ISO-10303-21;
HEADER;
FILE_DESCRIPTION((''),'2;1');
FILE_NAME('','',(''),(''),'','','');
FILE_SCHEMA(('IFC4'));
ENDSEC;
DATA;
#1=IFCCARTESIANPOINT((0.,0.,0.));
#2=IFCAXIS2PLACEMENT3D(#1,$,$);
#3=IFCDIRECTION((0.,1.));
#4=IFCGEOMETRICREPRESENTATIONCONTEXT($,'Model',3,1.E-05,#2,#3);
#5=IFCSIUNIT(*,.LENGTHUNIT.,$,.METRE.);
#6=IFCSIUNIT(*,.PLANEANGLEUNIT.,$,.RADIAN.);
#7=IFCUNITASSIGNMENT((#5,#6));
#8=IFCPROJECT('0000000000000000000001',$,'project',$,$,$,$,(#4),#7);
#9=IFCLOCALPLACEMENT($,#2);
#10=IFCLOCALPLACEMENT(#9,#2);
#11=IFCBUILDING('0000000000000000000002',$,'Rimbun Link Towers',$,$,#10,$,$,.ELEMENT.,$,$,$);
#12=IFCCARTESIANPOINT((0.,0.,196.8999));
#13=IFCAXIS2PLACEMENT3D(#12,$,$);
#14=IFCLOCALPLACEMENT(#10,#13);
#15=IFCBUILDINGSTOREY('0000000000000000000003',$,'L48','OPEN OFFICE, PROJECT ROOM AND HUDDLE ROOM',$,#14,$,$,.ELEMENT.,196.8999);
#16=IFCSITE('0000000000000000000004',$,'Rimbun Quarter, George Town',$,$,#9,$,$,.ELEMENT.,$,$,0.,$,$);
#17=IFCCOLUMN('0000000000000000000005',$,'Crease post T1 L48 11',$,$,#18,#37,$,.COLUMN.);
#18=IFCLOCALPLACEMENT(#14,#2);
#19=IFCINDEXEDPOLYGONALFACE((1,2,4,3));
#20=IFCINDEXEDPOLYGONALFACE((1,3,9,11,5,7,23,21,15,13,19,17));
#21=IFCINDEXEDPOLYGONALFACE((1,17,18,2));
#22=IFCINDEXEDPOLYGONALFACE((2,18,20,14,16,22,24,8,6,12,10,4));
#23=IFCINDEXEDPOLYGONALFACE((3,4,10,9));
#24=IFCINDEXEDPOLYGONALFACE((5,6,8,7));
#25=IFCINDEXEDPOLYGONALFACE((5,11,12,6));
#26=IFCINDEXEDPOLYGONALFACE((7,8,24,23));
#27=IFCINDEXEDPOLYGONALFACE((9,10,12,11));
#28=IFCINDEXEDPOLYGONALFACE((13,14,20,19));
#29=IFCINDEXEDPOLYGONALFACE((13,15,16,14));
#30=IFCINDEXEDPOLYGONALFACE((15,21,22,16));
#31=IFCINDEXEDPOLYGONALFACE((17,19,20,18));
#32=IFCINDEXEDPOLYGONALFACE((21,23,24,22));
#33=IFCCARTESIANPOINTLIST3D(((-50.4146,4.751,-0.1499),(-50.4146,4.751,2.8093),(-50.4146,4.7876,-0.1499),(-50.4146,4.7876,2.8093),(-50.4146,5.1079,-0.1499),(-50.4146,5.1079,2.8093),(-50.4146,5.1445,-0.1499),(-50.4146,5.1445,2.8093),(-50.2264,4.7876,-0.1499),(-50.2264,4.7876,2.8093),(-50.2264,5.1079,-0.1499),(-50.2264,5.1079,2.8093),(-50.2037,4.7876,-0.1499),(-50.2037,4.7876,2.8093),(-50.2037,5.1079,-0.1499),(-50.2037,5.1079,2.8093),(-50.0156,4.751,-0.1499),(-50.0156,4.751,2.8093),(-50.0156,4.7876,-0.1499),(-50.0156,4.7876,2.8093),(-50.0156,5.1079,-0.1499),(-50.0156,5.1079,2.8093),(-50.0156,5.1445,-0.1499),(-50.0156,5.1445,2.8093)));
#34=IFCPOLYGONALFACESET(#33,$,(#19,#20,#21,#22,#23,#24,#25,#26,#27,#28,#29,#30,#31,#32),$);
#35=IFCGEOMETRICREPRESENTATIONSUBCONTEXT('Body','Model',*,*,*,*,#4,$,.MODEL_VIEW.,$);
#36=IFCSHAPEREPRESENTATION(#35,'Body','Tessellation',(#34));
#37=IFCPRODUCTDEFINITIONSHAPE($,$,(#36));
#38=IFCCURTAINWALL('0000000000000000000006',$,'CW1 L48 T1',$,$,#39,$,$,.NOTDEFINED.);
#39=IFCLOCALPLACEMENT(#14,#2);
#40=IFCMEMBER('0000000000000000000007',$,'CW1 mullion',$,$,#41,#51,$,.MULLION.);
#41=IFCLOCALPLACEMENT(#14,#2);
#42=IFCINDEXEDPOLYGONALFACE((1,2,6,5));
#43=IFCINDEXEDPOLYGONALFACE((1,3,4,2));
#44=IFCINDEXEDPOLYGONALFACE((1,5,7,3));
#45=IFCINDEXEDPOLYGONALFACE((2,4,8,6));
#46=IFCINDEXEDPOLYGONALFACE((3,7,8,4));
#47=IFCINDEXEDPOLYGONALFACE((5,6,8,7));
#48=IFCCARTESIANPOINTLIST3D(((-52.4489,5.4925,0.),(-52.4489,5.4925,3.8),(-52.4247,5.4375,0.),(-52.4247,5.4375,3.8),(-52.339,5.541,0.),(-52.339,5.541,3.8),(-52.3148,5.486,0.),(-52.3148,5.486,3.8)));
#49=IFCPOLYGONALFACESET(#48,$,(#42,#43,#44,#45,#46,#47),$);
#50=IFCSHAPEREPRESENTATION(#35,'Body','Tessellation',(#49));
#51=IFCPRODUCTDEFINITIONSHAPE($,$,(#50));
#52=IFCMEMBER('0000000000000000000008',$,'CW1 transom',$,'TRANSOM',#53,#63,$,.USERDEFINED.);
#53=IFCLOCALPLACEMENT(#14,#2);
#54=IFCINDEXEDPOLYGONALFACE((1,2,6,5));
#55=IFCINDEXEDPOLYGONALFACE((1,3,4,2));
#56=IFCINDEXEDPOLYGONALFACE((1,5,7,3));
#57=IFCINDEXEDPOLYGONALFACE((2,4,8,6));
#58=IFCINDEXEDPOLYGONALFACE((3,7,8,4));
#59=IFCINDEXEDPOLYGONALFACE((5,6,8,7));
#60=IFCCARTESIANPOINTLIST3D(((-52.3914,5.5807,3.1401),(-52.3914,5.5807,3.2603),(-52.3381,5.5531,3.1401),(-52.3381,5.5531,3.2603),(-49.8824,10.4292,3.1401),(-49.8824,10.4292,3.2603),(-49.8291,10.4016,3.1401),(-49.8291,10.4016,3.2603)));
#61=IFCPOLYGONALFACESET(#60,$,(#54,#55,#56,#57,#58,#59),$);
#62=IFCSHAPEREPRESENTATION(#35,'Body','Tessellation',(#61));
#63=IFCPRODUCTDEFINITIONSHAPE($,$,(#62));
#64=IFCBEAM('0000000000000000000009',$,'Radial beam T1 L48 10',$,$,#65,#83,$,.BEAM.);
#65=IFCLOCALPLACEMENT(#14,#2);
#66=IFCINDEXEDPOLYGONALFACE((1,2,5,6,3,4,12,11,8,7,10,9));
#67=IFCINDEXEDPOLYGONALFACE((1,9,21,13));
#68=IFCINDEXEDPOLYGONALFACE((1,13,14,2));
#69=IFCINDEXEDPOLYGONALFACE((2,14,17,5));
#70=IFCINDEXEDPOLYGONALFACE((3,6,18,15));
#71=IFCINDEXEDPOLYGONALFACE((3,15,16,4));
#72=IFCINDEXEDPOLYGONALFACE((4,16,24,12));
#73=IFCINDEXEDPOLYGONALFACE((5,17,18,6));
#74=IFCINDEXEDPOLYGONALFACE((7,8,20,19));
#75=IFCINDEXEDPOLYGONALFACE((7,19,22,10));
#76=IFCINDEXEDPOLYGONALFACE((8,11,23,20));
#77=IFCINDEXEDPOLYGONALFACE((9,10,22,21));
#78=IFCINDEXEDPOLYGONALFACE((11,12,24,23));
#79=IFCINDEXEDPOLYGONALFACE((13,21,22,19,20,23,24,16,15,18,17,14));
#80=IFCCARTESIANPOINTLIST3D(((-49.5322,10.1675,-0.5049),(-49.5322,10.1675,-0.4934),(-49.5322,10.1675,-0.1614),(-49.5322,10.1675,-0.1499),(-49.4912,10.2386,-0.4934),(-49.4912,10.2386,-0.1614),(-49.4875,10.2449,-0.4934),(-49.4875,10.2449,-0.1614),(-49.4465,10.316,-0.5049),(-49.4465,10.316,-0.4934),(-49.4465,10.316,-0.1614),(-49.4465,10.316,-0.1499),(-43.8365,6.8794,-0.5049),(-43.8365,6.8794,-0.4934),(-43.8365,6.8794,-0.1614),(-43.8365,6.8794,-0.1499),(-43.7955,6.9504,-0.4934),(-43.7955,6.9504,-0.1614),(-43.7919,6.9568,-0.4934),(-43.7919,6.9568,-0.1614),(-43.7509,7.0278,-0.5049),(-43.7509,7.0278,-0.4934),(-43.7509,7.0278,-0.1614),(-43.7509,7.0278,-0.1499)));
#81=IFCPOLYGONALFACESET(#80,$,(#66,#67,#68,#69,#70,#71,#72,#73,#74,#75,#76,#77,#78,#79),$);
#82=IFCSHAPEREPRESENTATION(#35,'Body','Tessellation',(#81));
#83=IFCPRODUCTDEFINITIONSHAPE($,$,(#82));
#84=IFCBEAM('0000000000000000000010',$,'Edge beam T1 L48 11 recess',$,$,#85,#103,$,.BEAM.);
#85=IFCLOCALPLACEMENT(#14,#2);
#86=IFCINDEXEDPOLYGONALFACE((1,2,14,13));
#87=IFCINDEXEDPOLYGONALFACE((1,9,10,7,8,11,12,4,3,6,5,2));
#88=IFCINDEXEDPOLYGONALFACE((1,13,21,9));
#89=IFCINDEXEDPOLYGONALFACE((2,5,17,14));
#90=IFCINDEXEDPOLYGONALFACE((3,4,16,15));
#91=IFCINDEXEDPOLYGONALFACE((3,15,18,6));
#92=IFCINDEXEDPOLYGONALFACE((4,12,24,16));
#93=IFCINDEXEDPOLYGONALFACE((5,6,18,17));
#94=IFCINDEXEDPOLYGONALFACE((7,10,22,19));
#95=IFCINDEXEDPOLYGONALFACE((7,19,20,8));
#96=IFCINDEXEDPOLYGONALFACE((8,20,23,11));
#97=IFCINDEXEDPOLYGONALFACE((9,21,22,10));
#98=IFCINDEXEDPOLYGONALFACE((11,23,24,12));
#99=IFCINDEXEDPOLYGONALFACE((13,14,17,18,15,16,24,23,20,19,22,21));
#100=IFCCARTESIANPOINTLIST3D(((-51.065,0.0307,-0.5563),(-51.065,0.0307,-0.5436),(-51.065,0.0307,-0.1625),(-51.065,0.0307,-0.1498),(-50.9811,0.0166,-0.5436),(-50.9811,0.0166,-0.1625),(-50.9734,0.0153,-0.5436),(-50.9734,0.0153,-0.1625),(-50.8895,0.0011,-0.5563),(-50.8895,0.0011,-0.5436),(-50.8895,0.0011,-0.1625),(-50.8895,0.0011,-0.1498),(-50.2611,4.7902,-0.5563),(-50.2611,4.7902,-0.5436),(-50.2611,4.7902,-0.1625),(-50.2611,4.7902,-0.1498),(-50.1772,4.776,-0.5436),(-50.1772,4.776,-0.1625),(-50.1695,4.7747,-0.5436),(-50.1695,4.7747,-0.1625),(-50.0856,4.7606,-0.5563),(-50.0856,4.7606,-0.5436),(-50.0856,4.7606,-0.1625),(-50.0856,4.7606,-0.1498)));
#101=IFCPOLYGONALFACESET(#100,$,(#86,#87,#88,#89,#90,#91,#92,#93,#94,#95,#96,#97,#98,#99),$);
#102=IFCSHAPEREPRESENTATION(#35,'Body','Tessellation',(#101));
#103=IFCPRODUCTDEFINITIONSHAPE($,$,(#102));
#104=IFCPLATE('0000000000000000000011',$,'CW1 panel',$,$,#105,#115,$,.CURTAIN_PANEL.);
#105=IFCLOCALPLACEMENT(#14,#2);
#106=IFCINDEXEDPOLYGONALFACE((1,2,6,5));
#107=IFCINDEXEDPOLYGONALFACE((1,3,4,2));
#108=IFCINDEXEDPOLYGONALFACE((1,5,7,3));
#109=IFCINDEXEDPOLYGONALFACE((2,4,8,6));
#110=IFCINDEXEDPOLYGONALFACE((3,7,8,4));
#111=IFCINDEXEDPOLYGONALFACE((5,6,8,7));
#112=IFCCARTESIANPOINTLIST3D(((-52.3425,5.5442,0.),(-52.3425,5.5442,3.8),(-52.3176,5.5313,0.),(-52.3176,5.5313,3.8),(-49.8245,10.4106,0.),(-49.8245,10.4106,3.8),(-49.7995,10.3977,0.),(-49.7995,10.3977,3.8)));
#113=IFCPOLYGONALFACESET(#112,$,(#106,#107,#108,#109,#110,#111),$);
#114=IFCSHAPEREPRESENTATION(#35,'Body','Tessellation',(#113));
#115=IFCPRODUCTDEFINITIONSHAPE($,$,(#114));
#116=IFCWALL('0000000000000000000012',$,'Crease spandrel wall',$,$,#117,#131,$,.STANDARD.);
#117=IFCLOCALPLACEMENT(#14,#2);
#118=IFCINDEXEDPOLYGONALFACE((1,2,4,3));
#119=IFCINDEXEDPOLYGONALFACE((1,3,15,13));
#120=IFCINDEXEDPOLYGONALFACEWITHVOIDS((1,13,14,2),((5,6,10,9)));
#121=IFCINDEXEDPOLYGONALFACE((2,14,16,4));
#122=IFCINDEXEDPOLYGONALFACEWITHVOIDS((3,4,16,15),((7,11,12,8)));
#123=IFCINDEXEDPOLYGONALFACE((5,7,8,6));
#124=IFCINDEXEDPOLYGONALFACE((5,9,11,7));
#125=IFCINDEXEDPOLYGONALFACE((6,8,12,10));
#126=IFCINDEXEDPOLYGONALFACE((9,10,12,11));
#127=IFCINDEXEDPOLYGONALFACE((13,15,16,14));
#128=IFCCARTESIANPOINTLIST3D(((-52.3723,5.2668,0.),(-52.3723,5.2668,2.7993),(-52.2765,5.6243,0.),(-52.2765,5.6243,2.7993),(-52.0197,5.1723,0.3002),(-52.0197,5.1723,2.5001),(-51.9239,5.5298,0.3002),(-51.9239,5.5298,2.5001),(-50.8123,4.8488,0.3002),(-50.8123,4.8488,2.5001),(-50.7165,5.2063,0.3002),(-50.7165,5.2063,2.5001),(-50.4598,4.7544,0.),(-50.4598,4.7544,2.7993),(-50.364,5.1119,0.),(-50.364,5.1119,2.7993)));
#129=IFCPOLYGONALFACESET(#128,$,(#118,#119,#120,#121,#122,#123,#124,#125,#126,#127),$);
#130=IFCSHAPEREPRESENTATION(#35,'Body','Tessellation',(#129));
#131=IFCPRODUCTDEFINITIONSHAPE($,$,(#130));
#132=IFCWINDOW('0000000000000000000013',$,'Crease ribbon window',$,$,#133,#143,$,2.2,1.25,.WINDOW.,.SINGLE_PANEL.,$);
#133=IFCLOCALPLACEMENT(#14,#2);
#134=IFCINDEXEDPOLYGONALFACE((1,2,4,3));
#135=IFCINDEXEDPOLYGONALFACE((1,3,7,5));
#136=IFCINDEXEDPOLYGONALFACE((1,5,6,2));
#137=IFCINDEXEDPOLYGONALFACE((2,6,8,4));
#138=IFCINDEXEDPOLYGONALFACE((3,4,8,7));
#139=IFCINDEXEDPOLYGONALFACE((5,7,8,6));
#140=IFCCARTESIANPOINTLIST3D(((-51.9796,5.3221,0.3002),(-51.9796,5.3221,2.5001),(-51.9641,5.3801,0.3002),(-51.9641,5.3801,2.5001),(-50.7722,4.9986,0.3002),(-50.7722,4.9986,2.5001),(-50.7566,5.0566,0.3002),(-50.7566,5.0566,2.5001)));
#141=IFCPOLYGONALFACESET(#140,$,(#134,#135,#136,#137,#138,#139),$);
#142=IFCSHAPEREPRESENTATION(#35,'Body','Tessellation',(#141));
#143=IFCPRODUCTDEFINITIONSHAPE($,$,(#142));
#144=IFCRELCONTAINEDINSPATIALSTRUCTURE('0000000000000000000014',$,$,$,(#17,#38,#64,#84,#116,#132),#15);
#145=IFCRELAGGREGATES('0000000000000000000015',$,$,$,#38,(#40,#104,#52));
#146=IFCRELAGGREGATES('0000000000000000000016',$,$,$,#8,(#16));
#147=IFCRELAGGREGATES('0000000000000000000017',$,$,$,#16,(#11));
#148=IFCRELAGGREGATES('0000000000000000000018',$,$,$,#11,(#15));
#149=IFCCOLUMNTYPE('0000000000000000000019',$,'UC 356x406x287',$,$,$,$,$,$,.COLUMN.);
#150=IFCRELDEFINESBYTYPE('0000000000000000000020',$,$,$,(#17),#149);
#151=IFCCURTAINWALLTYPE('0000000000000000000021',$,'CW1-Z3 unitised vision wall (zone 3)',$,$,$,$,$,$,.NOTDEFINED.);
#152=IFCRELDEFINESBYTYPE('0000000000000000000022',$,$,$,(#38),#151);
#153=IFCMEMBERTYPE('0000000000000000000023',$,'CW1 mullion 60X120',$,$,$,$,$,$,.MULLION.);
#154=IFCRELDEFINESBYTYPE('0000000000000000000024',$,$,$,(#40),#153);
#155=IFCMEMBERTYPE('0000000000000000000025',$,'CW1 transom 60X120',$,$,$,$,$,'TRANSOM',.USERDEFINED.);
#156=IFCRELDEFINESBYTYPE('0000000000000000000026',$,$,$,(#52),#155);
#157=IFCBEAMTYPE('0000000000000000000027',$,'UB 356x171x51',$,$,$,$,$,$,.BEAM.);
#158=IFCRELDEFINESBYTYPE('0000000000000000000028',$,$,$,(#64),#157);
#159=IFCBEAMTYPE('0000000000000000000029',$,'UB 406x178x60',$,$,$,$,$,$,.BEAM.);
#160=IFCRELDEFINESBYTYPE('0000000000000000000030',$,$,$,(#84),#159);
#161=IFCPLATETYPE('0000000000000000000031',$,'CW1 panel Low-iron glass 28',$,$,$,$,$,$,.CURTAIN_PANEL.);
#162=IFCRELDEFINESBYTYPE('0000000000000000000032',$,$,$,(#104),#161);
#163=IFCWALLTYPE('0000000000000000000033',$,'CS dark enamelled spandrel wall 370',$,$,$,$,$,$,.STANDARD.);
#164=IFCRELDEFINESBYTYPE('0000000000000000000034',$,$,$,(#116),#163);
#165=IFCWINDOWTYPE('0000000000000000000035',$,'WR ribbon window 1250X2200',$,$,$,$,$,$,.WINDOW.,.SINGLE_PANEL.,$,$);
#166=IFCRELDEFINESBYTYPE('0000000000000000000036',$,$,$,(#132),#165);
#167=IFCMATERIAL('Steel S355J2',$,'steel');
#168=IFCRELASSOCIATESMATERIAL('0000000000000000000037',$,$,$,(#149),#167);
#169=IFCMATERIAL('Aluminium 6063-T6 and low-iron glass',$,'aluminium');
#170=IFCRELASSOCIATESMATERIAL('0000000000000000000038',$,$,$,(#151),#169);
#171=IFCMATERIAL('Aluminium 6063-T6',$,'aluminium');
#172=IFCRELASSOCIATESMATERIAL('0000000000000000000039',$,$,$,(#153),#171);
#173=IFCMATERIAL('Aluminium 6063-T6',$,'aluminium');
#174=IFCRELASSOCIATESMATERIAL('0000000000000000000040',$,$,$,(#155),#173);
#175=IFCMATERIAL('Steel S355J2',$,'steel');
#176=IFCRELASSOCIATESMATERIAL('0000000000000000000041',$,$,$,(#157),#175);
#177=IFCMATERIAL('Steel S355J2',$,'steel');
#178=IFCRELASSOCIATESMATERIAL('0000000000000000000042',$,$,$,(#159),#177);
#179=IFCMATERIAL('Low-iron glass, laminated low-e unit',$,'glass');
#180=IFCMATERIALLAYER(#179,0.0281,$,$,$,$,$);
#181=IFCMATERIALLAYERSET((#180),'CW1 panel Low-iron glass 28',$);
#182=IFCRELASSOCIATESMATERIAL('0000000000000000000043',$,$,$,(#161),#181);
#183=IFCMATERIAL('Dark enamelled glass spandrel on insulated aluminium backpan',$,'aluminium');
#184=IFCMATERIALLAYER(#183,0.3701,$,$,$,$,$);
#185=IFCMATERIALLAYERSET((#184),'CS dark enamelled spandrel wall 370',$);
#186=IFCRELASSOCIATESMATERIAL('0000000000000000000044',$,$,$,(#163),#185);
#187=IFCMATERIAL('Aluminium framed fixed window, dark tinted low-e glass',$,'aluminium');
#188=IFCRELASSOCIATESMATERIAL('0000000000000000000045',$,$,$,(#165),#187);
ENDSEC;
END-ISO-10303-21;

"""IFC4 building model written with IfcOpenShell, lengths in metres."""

from ifc_helpers import new_model, si_unit, direction, frame, frame_2d, origin, origin_2d, place, context, subcontext, project, spatial, rectangle, i_section, extrude, material, layer, layer_set, material_profile, profile_set, type_object, element, fill, aggregate, save


model = new_model("IFC4")

# Units and contexts
model_context = context("Model", 3, precision=1e-05, world=origin(), true_north=direction((0.0, 1.0)))
body_context = subcontext(model_context, "Body", "Model", "MODEL_VIEW")
ifc_project = project(units=[si_unit("LENGTHUNIT", "METRE"), si_unit("PLANEANGLEUNIT", "RADIAN")], contexts=[model_context])

# Site, building, storey
site_placement = place(None, origin())
site = spatial("IfcSite", under=ifc_project, at=site_placement, Name="Rimbun Quarter, George Town", CompositionType="ELEMENT", RefElevation=0.0)
building_placement = place(site_placement, origin())
building = spatial("IfcBuilding", under=site, at=building_placement, Name="Rimbun Link Towers", CompositionType="ELEMENT")
storey_placement = place(building_placement, frame((0.0, 0.0, 196.8999)))
storey = spatial("IfcBuildingStorey", under=building, at=storey_placement, Name="L48", Description="OPEN OFFICE, PROJECT ROOM AND HUDDLE ROOM", CompositionType="ELEMENT", Elevation=196.8999)

# Column
ifc_material_1 = material(Name="Steel S355J2", Category="steel")
ifc_material_profile_1 = material_profile(ifc_material_1, i_section(OverallWidth=0.3989, OverallDepth=0.3936, WebThickness=0.0227, FlangeThickness=0.0366, at=origin_2d()), Name="UC 356x406x287")
ifc_profile_set_1 = profile_set([ifc_material_profile_1], Name="Steel S355J2")
column_type = type_object("IfcColumnType", Name="UC 356x406x287", PredefinedType="COLUMN", material=ifc_profile_set_1)
column_placement = place(storey_placement, frame((-50.2151, 4.9478, -0.1499), z_axis=(0.0, 0.0, 1.0), x_axis=(1.0, 0.0, 0.0)))
element("IfcColumn", 1, at=column_placement, inside=storey, type_object=column_type, Name="Crease post T1 L48 11", PredefinedType="COLUMN", context=body_context, shape_type="SweptSolid", body=[
    extrude(i_section(OverallWidth=0.3989, OverallDepth=0.3936, WebThickness=0.0227, FlangeThickness=0.0366, at=origin_2d()), origin(), (0.0, 0.0, 1.0), 2.9592),
])

# Curtain wall, members
ifc_material_2 = material(Name="Aluminium 6063-T6 and low-iron glass", Category="aluminium")
curtain_wall_type = type_object("IfcCurtainWallType", Name="CW1-Z3 unitised vision wall (zone 3)", PredefinedType="NOTDEFINED", material=ifc_material_2)
curtain_wall_placement = place(storey_placement, origin())
curtain_wall = element("IfcCurtainWall", 2, at=curtain_wall_placement, inside=storey, type_object=curtain_wall_type, Name="CW1 L48 T1", PredefinedType="NOTDEFINED")
ifc_material_3 = material(Name="Aluminium 6063-T6", Category="aluminium")
ifc_material_profile_2 = material_profile(ifc_material_3, rectangle(XDim=0.1201, YDim=0.0601, at=origin_2d()), Name="MULLION 60X120")
ifc_profile_set_2 = profile_set([ifc_material_profile_2], Name="Aluminium 6063-T6")
member_type_1 = type_object("IfcMemberType", Name="CW1 mullion 60X120", PredefinedType="MULLION", material=ifc_profile_set_2)
member_1_placement = place(storey_placement, frame((-52.3818, 5.4893, 0.0), z_axis=(0.0, 0.0, 1.0), x_axis=(-0.91482, -0.403862, 0.0)))
member_1 = element("IfcMember", 3, at=member_1_placement, type_object=member_type_1, Name="CW1 mullion", PredefinedType="MULLION", context=body_context, shape_type="SweptSolid", body=[
    extrude(rectangle(XDim=0.1201, YDim=0.0601, at=origin_2d()), origin(), (0.0, 0.0, 1.0), 3.8),
])
ifc_material_4 = material(Name="Aluminium 6063-T6", Category="aluminium")
ifc_material_profile_3 = material_profile(ifc_material_4, rectangle(XDim=0.0601, YDim=0.1201, at=origin_2d()), Name="TRANSOM 60X120")
ifc_profile_set_3 = profile_set([ifc_material_profile_3], Name="Aluminium 6063-T6")
member_type_2 = type_object("IfcMemberType", Name="CW1 transom 60X120", ElementType="TRANSOM", PredefinedType="USERDEFINED", material=ifc_profile_set_3)
member_2_placement = place(storey_placement, frame((-52.3647, 5.5669, 3.2002), z_axis=(0.459585, 0.888134, 0.0), x_axis=(-0.888134, 0.459585, 0.0)))
member_2 = element("IfcMember", 4, at=member_2_placement, type_object=member_type_2, Name="CW1 transom", ObjectType="TRANSOM", PredefinedType="USERDEFINED", context=body_context, shape_type="SweptSolid", body=[
    extrude(rectangle(XDim=0.0601, YDim=0.1201, at=origin_2d()), origin(), (0.0, 0.0, 1.0), 5.4592),
])

# Beams
ifc_material_5 = material(Name="Steel S355J2", Category="steel")
ifc_material_profile_4 = material_profile(ifc_material_5, i_section(OverallWidth=0.1714, OverallDepth=0.355, WebThickness=0.0073, FlangeThickness=0.0115, at=origin_2d()), Name="UB 356x171x51")
ifc_profile_set_4 = profile_set([ifc_material_profile_4], Name="Steel S355J2")
beam_type_1 = type_object("IfcBeamType", Name="UB 356x171x51", PredefinedType="BEAM", material=ifc_profile_set_4)
beam_1_placement = place(storey_placement, frame((-43.7937, 6.9536, -0.3274), z_axis=(-0.866042, 0.499972, 0.0), x_axis=(-0.499972, -0.866042, 0.0)))
element("IfcBeam", 5, at=beam_1_placement, inside=storey, type_object=beam_type_1, Name="Radial beam T1 L48 10", PredefinedType="BEAM", context=body_context, shape_type="SweptSolid", body=[
    extrude(i_section(OverallWidth=0.1714, OverallDepth=0.355, WebThickness=0.0073, FlangeThickness=0.0115, at=origin_2d()), origin(), (0.0, 0.0, 1.0), 6.5767),
])
ifc_material_6 = material(Name="Steel S355J2", Category="steel")
ifc_material_profile_5 = material_profile(ifc_material_6, i_section(OverallWidth=0.178, OverallDepth=0.4065, WebThickness=0.0078, FlangeThickness=0.0127, at=origin_2d()), Name="UB 406x178x60")
ifc_profile_set_5 = profile_set([ifc_material_profile_5], Name="Steel S355J2")
beam_type_2 = type_object("IfcBeamType", Name="UB 406x178x60", PredefinedType="BEAM", material=ifc_profile_set_5)
beam_2_placement = place(storey_placement, frame((-50.1733, 4.7754, -0.353), z_axis=(-0.166556, -0.986032, 0.0), x_axis=(0.986032, -0.166556, 0.0)))
element("IfcBeam", 6, at=beam_2_placement, inside=storey, type_object=beam_type_2, Name="Edge beam T1 L48 11 recess", PredefinedType="BEAM", context=body_context, shape_type="SweptSolid", body=[
    extrude(i_section(OverallWidth=0.178, OverallDepth=0.4065, WebThickness=0.0078, FlangeThickness=0.0127, at=origin_2d()), origin(), (0.0, 0.0, 1.0), 4.8269),
])

# Plate
ifc_material_7 = material(Name="Low-iron glass, laminated low-e unit", Category="glass")
ifc_layer_1 = layer(ifc_material_7, 0.0281)
ifc_layer_set_1 = layer_set([ifc_layer_1], Name="CW1 panel Low-iron glass 28")
plate_type = type_object("IfcPlateType", Name="CW1 panel Low-iron glass 28", PredefinedType="CURTAIN_PANEL", material=ifc_layer_set_1)
plate_placement = place(storey_placement, frame((-51.071, 7.9709, 0.0), z_axis=(0.0, 0.0, 1.0), x_axis=(0.459563, 0.888145, 0.0)))
plate = element("IfcPlate", 7, at=plate_placement, type_object=plate_type, Name="CW1 panel", PredefinedType="CURTAIN_PANEL", context=body_context, shape_type="SweptSolid", body=[
    extrude(rectangle(XDim=5.4792, YDim=0.0281, at=origin_2d()), origin(), (0.0, 0.0, 1.0), 3.8),
])
aggregate(curtain_wall, [member_1, plate, member_2])

# Wall, opening, window
ifc_material_8 = material(Name="Dark enamelled glass spandrel on insulated aluminium backpan", Category="aluminium")
ifc_layer_2 = layer(ifc_material_8, 0.3701)
ifc_layer_set_2 = layer_set([ifc_layer_2], Name="CS dark enamelled spandrel wall 370")
wall_type_1 = type_object("IfcWallType", Name="CS dark enamelled spandrel wall 370", PredefinedType="STANDARD", material=ifc_layer_set_2)
wall_1_placement = place(storey_placement, frame((-50.4119, 4.9331, 0.0), z_axis=(0.0, 0.0, 1.0), x_axis=(-0.965929, 0.258806, 0.0)))
wall_1 = element("IfcWall", 8, at=wall_1_placement, inside=storey, type_object=wall_type_1, Name="Crease spandrel wall", PredefinedType="STANDARD", context=body_context, shape_type="SweptSolid", body=[
    extrude(rectangle(XDim=1.98, YDim=0.3701, at=frame_2d((0.99, 0.0))), origin(), (0.0, 0.0, 1.0), 2.7993),
])
opening_1_placement = place(wall_1_placement, frame((0.365, 0.0, 0.3)))
opening_1 = element("IfcOpeningElement", 9, at=opening_1_placement, cuts=wall_1, PredefinedType="OPENING", context=body_context, shape_type="SweptSolid", body=[
    extrude(rectangle(XDim=1.25, YDim=2.2, at=frame_2d((0.625, 1.1001))), frame((0.0, 0.1951, 0.0), z_axis=(0.0, -1.0, 0.0), x_axis=(1.0, 0.0, 0.0)), (0.0, 0.0, 1.0), 0.3901),
])
ifc_material_9 = material(Name="Aluminium framed fixed window, dark tinted low-e glass", Category="aluminium")
window_type = type_object("IfcWindowType", Name="WR ribbon window 1250X2200", PartitioningType="SINGLE_PANEL", PredefinedType="WINDOW", material=ifc_material_9)
window_placement = place(opening_1_placement, origin())
window = element("IfcWindow", 10, at=window_placement, inside=storey, type_object=window_type, Name="Crease ribbon window", OverallHeight=2.2, OverallWidth=1.25, PartitioningType="SINGLE_PANEL", PredefinedType="WINDOW", context=body_context, shape_type="SweptSolid", body=[
    extrude(rectangle(XDim=1.25, YDim=2.2, at=frame_2d((0.625, 1.1001))), frame((0.0, 0.03, 0.0), z_axis=(0.0, -1.0, 0.0), x_axis=(1.0, 0.0, 0.0)), (0.0, 0.0, 1.0), 0.0601),
])
fill(opening_1, window)

save(model, "model.ifc")
